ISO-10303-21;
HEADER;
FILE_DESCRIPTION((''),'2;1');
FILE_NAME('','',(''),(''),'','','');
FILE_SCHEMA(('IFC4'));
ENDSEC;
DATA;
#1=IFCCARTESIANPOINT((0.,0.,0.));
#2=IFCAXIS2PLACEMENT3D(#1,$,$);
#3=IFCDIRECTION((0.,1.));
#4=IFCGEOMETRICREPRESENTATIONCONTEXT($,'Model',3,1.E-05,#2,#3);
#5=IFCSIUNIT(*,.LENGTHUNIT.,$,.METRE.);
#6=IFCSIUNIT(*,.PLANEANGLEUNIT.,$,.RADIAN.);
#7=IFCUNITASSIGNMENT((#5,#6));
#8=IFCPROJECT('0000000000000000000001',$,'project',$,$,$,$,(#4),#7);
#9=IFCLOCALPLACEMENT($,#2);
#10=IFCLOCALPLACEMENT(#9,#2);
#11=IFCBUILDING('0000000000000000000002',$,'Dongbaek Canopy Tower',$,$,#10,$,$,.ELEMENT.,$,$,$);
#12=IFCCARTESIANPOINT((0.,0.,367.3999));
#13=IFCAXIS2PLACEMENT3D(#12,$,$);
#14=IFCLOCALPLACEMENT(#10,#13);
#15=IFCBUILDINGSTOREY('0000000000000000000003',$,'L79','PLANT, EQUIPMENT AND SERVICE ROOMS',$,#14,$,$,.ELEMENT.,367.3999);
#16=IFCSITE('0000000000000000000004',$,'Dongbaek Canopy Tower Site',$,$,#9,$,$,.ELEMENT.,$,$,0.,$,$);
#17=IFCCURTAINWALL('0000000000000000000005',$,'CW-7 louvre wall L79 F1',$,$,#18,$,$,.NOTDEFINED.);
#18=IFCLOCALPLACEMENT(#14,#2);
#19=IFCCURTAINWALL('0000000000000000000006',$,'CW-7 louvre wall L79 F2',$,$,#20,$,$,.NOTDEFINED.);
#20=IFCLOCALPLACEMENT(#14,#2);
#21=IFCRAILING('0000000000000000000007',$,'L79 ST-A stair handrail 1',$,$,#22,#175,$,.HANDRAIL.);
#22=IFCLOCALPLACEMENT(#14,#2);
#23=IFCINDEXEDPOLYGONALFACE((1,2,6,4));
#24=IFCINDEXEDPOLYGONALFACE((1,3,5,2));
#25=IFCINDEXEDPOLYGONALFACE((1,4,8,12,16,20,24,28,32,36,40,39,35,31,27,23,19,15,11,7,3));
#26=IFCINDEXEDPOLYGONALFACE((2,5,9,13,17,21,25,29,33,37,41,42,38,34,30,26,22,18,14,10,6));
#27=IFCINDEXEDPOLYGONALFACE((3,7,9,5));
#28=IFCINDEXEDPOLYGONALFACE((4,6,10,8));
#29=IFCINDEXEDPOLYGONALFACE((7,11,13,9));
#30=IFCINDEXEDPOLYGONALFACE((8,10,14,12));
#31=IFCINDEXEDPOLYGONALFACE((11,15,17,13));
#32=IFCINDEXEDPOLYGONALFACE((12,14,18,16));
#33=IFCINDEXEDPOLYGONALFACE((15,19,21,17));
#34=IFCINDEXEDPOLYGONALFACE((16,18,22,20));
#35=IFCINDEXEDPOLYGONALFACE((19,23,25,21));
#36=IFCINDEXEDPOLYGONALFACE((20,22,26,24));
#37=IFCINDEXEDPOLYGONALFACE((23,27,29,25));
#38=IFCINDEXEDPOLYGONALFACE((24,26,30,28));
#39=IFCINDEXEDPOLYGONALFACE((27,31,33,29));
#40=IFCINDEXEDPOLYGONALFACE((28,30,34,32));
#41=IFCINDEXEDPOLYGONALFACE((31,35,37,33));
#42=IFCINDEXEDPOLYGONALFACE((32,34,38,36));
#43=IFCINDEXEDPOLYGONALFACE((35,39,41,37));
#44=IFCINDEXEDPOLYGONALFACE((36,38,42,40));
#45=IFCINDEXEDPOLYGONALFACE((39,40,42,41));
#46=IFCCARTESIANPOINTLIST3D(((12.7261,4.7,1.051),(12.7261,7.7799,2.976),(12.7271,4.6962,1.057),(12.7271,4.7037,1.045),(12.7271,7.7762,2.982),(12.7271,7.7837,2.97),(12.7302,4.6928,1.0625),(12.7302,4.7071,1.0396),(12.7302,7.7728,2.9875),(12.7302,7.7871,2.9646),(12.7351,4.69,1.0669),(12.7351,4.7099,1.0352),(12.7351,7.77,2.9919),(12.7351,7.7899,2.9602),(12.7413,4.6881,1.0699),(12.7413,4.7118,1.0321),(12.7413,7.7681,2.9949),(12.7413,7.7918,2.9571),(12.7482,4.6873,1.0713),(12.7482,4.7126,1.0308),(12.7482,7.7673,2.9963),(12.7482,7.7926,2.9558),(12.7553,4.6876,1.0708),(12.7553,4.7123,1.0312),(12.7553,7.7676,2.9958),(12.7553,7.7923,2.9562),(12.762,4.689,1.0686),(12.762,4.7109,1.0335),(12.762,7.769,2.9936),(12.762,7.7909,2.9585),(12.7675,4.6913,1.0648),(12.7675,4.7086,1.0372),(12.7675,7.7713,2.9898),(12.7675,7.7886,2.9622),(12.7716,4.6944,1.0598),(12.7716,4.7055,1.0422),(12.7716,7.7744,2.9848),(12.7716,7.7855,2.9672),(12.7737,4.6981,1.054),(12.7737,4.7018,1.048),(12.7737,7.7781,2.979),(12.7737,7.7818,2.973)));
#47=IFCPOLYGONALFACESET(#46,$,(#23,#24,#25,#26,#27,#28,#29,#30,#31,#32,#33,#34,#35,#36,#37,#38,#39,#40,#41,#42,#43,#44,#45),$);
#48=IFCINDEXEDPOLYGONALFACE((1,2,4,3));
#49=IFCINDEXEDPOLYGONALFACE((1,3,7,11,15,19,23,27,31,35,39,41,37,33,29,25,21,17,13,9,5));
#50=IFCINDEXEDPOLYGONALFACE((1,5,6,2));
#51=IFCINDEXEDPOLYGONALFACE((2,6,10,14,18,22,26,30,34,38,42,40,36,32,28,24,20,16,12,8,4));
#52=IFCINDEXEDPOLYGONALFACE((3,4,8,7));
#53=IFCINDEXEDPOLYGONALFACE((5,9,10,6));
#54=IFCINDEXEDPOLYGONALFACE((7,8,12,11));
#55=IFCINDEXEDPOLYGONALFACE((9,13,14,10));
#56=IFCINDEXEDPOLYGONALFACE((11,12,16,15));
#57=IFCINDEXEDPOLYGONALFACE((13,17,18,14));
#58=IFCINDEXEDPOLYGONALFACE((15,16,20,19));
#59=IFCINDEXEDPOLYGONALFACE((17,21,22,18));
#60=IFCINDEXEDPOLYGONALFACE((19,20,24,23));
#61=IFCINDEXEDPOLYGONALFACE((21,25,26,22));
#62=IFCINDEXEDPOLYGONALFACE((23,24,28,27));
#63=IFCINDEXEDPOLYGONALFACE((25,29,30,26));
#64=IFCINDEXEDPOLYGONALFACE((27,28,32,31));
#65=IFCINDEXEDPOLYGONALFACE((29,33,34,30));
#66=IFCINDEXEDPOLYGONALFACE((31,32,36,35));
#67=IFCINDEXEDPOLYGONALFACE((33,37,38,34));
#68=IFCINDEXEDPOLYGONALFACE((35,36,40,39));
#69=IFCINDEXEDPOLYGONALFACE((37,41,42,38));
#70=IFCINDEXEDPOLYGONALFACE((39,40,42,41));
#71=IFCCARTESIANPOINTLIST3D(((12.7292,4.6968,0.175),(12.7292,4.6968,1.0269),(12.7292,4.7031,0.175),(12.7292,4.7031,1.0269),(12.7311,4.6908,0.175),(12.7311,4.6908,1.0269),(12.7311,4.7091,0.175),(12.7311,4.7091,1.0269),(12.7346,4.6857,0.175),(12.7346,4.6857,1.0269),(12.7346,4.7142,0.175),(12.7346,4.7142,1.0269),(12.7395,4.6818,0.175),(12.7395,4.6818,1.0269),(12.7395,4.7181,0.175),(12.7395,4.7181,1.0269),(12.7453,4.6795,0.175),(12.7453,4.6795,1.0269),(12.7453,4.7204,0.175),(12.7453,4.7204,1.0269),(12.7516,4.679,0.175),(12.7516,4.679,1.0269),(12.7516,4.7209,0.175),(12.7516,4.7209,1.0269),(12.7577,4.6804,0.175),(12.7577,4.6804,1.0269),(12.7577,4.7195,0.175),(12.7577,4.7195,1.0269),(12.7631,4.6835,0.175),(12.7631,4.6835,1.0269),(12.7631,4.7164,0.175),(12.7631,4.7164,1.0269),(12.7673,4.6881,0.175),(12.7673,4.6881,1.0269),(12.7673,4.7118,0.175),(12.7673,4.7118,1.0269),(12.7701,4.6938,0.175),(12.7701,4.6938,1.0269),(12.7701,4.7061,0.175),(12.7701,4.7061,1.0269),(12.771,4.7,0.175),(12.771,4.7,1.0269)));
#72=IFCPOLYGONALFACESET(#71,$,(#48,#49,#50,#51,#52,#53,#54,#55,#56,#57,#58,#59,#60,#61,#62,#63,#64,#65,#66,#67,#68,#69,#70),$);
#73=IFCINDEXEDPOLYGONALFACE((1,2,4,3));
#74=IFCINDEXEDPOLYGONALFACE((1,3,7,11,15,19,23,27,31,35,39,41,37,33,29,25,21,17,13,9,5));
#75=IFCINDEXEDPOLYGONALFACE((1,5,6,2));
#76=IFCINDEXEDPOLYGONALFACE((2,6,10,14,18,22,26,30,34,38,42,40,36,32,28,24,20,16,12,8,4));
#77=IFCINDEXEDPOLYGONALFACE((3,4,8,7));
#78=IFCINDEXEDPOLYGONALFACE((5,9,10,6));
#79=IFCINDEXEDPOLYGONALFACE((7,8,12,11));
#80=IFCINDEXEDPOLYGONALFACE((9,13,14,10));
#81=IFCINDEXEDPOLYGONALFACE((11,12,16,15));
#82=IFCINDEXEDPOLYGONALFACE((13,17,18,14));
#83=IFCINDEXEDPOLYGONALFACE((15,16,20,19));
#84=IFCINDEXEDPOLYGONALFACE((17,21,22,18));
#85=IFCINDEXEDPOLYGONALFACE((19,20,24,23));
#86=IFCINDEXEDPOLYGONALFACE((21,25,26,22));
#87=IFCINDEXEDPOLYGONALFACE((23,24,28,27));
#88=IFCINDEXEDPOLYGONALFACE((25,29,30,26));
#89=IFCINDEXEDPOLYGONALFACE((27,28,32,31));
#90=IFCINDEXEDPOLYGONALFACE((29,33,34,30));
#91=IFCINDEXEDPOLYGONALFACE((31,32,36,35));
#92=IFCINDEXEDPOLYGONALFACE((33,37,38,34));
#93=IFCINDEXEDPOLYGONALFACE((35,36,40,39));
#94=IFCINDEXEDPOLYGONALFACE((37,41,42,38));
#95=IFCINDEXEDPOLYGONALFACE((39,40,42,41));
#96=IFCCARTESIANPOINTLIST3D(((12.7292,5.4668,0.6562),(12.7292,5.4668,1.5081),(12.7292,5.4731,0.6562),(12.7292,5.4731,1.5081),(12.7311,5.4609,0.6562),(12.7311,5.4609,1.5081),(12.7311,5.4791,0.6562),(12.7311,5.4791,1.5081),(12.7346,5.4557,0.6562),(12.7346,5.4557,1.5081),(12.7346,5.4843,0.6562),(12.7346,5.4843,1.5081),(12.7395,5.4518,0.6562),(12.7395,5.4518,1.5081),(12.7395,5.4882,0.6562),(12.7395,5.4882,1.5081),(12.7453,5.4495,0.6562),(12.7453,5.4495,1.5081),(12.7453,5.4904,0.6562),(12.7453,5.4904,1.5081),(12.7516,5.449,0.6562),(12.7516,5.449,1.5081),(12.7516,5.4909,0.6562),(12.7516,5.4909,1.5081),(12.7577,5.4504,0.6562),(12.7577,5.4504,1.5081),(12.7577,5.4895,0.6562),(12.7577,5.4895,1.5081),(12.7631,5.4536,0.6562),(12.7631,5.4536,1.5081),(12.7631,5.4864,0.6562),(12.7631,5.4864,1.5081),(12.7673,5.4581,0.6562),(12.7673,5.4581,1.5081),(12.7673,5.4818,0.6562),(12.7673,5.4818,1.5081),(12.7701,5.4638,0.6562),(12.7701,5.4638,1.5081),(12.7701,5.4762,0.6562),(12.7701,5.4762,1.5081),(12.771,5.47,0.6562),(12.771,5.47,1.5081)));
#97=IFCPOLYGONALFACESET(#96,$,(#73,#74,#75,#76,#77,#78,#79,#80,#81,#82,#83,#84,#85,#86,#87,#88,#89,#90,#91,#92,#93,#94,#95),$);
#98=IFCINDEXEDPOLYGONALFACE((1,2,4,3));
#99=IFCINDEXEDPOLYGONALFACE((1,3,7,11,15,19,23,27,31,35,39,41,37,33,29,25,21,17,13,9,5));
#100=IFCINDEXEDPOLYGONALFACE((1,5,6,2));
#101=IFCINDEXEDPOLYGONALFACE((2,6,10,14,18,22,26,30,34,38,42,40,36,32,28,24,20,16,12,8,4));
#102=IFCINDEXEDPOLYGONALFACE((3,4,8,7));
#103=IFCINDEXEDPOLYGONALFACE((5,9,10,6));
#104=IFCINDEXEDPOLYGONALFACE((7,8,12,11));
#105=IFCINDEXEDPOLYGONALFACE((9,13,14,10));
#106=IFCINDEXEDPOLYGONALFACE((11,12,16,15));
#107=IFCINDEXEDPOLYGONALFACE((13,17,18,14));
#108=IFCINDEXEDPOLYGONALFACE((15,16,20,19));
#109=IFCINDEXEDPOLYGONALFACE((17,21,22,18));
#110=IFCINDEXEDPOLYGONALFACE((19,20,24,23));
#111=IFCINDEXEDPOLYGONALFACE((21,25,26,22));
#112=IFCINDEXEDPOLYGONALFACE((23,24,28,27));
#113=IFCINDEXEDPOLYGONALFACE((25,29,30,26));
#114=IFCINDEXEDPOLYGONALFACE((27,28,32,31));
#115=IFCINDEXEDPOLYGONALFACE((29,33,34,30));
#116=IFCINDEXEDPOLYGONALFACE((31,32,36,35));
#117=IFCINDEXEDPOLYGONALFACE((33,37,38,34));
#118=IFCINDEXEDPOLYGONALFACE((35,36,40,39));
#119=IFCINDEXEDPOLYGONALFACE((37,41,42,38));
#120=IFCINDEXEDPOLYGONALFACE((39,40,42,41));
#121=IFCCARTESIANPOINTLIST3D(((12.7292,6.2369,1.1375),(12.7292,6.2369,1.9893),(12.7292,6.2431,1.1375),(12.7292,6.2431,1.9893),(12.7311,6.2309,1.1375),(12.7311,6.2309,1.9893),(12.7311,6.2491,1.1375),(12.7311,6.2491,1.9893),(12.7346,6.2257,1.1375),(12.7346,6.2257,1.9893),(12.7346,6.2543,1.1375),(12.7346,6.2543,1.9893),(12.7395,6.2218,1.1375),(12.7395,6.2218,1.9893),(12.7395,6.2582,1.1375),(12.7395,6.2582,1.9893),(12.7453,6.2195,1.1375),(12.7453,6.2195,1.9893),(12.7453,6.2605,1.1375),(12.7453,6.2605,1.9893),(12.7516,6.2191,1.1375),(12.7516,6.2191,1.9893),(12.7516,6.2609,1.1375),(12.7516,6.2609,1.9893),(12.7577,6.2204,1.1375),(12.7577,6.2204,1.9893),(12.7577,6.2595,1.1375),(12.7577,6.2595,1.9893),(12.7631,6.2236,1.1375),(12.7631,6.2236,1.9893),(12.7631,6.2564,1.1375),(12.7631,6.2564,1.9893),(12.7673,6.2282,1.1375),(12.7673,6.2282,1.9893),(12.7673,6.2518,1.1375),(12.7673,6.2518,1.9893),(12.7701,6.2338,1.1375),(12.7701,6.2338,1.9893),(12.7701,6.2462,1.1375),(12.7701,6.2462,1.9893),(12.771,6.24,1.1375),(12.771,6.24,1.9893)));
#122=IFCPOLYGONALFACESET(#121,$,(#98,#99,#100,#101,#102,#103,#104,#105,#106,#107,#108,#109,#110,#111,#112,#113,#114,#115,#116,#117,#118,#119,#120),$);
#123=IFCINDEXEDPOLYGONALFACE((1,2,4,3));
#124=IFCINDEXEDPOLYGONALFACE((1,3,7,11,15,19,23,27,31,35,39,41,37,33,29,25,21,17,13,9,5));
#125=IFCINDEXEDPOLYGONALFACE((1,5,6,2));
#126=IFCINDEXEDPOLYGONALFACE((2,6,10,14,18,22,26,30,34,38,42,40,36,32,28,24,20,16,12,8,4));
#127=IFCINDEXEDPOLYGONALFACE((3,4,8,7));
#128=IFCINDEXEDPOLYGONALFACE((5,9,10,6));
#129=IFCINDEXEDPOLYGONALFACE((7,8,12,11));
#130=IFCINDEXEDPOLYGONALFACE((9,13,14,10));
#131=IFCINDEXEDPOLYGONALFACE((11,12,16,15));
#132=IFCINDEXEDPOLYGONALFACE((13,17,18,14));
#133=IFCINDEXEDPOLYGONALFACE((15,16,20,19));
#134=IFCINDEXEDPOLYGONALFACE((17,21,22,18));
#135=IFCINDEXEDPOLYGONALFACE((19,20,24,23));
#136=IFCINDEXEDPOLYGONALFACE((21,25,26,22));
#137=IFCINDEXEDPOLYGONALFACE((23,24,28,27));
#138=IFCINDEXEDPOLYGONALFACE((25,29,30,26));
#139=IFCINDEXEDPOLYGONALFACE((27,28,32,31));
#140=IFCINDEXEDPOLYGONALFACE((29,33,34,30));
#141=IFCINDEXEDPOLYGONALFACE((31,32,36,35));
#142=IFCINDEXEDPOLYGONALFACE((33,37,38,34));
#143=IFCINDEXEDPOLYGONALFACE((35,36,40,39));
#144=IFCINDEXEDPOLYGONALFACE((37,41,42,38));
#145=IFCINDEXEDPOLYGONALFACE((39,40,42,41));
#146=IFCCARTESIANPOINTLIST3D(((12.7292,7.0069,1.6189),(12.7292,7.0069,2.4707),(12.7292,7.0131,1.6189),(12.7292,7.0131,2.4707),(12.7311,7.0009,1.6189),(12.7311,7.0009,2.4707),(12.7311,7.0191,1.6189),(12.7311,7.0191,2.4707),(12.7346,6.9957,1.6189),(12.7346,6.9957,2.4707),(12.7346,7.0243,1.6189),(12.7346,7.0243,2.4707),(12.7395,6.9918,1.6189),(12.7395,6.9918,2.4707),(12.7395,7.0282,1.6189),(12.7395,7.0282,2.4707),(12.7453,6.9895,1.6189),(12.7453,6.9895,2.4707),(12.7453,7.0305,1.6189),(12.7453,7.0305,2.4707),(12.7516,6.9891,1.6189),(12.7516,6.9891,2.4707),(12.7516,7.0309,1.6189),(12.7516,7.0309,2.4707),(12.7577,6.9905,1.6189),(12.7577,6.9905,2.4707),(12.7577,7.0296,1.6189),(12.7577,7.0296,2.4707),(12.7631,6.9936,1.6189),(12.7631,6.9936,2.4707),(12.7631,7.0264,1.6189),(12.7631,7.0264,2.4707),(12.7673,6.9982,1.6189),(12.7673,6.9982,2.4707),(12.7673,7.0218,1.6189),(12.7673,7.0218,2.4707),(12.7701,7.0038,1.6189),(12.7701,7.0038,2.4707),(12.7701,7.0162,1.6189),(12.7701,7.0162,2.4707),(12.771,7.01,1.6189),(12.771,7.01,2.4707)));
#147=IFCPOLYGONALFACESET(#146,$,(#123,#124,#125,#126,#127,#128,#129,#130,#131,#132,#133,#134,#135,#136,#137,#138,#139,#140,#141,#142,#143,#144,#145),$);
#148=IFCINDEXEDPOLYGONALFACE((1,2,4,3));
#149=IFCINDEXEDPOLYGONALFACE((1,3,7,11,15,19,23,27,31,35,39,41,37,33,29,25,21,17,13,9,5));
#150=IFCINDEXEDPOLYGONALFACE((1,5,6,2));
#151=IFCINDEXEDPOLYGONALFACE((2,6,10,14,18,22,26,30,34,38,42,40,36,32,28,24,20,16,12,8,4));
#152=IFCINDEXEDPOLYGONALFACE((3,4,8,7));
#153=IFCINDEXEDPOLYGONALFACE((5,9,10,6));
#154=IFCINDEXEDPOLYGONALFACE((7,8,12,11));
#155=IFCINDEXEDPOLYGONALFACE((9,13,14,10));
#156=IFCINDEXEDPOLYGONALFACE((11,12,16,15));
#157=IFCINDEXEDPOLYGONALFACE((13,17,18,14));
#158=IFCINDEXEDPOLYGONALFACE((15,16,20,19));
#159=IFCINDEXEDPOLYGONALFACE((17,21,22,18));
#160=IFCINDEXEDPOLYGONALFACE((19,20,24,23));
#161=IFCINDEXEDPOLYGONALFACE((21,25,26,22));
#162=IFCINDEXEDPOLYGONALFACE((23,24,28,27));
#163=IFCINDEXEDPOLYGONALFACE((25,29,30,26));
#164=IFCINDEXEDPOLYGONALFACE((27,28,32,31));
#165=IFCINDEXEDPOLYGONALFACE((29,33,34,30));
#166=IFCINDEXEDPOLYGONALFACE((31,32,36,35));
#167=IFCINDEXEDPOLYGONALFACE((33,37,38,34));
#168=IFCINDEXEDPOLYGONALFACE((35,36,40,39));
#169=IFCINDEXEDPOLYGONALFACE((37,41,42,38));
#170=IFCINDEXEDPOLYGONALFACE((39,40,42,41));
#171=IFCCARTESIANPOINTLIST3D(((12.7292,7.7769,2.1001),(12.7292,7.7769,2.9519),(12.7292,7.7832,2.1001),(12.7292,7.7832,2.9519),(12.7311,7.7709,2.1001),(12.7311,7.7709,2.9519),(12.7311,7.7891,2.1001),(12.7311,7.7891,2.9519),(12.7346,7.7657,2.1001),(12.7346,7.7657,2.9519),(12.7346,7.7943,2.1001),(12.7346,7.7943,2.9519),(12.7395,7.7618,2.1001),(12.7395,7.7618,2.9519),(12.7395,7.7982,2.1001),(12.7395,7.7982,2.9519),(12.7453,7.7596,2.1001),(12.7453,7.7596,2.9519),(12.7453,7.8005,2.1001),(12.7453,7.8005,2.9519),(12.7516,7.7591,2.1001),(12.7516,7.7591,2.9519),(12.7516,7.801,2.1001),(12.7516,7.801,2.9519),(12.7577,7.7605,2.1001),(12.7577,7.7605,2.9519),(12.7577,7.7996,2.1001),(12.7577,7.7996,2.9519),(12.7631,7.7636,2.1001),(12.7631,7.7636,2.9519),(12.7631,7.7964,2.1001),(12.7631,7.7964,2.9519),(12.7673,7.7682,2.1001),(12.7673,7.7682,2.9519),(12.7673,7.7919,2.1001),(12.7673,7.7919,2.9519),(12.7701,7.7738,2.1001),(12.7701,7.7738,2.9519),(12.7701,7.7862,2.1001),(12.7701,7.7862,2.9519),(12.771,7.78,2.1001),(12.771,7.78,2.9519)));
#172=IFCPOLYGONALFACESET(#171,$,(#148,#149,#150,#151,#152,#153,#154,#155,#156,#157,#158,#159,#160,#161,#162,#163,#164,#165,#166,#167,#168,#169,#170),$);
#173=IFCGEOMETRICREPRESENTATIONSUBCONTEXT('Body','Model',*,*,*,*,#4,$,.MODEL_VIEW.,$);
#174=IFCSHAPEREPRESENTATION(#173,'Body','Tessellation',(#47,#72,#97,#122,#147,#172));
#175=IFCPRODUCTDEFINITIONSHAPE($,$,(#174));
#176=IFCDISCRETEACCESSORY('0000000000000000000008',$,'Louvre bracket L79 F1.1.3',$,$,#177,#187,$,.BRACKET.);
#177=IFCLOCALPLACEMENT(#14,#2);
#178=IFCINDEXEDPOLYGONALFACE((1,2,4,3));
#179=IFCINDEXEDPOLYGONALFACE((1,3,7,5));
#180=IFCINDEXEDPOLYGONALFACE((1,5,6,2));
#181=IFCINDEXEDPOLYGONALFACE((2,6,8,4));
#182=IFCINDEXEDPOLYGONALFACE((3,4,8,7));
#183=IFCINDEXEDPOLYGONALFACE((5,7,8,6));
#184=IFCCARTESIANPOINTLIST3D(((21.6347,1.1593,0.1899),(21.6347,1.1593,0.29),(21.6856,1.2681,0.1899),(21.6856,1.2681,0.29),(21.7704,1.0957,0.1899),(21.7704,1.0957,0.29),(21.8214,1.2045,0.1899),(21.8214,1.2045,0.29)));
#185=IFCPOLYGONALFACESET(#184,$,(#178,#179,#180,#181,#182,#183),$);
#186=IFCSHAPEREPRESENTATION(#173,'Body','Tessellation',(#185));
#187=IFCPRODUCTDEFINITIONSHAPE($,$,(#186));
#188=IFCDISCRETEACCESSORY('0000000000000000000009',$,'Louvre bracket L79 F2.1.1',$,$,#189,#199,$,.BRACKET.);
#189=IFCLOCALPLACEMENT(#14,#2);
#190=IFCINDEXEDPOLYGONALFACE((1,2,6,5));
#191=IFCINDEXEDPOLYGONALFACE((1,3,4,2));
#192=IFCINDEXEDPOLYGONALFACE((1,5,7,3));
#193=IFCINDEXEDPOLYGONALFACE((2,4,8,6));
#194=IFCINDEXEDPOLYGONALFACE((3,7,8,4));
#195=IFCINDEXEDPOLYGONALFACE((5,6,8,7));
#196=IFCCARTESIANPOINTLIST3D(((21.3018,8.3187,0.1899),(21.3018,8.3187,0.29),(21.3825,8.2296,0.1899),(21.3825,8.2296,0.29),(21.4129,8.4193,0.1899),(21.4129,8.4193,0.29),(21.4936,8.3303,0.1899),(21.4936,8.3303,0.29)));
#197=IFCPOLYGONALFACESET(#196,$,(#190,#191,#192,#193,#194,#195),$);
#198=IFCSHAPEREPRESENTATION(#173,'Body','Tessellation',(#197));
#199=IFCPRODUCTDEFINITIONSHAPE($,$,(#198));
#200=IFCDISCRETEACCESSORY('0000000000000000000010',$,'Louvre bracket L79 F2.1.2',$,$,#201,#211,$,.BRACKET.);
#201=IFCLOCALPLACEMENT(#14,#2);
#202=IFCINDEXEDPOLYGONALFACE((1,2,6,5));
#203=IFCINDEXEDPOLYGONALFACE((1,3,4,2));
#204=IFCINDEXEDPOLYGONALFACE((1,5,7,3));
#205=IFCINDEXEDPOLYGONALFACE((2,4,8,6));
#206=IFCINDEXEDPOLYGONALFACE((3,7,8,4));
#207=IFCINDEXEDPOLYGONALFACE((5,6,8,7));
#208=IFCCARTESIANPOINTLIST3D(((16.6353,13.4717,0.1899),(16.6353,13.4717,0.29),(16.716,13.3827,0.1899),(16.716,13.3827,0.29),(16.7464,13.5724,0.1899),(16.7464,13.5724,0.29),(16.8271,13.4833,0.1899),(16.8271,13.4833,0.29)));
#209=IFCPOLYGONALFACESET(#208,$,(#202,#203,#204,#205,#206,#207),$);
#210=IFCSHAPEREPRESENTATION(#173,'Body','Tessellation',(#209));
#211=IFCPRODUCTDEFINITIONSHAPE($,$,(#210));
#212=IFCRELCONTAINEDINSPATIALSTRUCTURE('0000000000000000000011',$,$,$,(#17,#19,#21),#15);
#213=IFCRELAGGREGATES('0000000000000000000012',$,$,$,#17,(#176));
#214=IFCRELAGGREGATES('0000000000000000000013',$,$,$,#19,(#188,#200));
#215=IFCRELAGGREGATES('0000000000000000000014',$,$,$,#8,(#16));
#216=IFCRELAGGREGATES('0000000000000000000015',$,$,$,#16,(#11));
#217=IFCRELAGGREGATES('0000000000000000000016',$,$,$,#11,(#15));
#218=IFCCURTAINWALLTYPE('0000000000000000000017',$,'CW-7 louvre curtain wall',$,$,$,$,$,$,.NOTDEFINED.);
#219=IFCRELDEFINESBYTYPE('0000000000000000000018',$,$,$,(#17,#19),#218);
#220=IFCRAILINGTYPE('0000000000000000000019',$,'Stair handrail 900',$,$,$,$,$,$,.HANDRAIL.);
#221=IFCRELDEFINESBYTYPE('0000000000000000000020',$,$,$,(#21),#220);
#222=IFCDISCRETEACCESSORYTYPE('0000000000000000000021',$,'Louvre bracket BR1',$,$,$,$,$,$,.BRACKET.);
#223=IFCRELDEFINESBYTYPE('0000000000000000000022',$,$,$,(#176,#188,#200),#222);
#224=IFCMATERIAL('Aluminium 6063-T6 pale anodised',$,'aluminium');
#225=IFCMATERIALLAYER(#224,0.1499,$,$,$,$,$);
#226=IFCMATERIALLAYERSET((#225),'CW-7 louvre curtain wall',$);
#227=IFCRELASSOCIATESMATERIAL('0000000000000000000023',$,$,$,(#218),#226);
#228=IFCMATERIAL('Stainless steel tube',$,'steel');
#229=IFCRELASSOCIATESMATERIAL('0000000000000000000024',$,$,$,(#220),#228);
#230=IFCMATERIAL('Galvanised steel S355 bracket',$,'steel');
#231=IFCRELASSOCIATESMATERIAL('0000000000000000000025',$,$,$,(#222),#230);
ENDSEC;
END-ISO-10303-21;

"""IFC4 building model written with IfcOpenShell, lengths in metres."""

from ifc_helpers import new_model, si_unit, direction, frame, origin, origin_2d, place, context, subcontext, project, spatial, rectangle, circle, extrude, material, layer, layer_set, type_object, element, aggregate, save


model = new_model("IFC4")

# Units and contexts
model_context = context("Model", 3, precision=1e-05, world=origin(), true_north=direction((0.0, 1.0)))
body_context = subcontext(model_context, "Body", "Model", "MODEL_VIEW")
ifc_project = project(units=[si_unit("LENGTHUNIT", "METRE"), si_unit("PLANEANGLEUNIT", "RADIAN")], contexts=[model_context])

# Site, building, storey
site_placement = place(None, origin())
site = spatial("IfcSite", under=ifc_project, at=site_placement, Name="Dongbaek Canopy Tower Site", CompositionType="ELEMENT", RefElevation=0.0)
building_placement = place(site_placement, origin())
building = spatial("IfcBuilding", under=site, at=building_placement, Name="Dongbaek Canopy Tower", CompositionType="ELEMENT")
storey_placement = place(building_placement, frame((0.0, 0.0, 367.3999)))
storey = spatial("IfcBuildingStorey", under=building, at=storey_placement, Name="L79", Description="PLANT, EQUIPMENT AND SERVICE ROOMS", CompositionType="ELEMENT", Elevation=367.3999)

# Curtain wall
ifc_material_1 = material(Name="Aluminium 6063-T6 pale anodised", Category="aluminium")
ifc_layer_1 = layer(ifc_material_1, 0.1499)
ifc_layer_set_1 = layer_set([ifc_layer_1], Name="CW-7 louvre curtain wall")
curtain_wall_type = type_object("IfcCurtainWallType", Name="CW-7 louvre curtain wall", PredefinedType="NOTDEFINED", material=ifc_layer_set_1)
curtain_wall_1_placement = place(storey_placement, origin())
curtain_wall_1 = element("IfcCurtainWall", 1, at=curtain_wall_1_placement, inside=storey, type_object=curtain_wall_type, Name="CW-7 louvre wall L79 F1", PredefinedType="NOTDEFINED")

# Curtain wall
curtain_wall_2_placement = place(storey_placement, origin())
curtain_wall_2 = element("IfcCurtainWall", 2, at=curtain_wall_2_placement, inside=storey, type_object=curtain_wall_type, Name="CW-7 louvre wall L79 F2", PredefinedType="NOTDEFINED")

# Railing
ifc_material_2 = material(Name="Stainless steel tube", Category="steel")
railing_type_1 = type_object("IfcRailingType", Name="Stair handrail 900", PredefinedType="HANDRAIL", material=ifc_material_2)
railing_1_placement = place(storey_placement, frame((12.75, 4.7, 0.175)))
element("IfcRailing", 3, at=railing_1_placement, inside=storey, type_object=railing_type_1, Name="L79 ST-A stair handrail 1", PredefinedType="HANDRAIL", context=body_context, shape_type="SweptSolid", body=[
    extrude(circle(Radius=0.0239, at=origin_2d()), frame((0.0, 0.0, 0.876), z_axis=(0.0, 0.847998, 0.529999), x_axis=(-1.0, 0.0, 0.0)), (0.0, 0.0, 1.0), 3.6321),
    extrude(circle(Radius=0.021, at=origin_2d()), origin(), (0.0, 0.0, 1.0), 0.8518),
    extrude(circle(Radius=0.021, at=origin_2d()), frame((0.0, 0.77, 0.4812)), (0.0, 0.0, 1.0), 0.8518),
    extrude(circle(Radius=0.021, at=origin_2d()), frame((0.0, 1.54, 0.9624)), (0.0, 0.0, 1.0), 0.8518),
    extrude(circle(Radius=0.021, at=origin_2d()), frame((0.0, 2.3101, 1.4438)), (0.0, 0.0, 1.0), 0.8518),
    extrude(circle(Radius=0.021, at=origin_2d()), frame((0.0, 3.0801, 1.925)), (0.0, 0.0, 1.0), 0.8518),
])

# Discrete accessories
ifc_material_3 = material(Name="Galvanised steel S355 bracket", Category="steel")
discrete_accessory_type = type_object("IfcDiscreteAccessoryType", Name="Louvre bracket BR1", PredefinedType="BRACKET", material=ifc_material_3)
discrete_accessory_1_placement = place(storey_placement, frame((21.728, 1.1819, 0.1899), z_axis=(0.0, 0.0, 1.0), x_axis=(0.424123, 0.905605, 0.0)))
discrete_accessory_1 = element("IfcDiscreteAccessory", 4, at=discrete_accessory_1_placement, type_object=discrete_accessory_type, Name="Louvre bracket L79 F1.1.3", PredefinedType="BRACKET", context=body_context, shape_type="SweptSolid", body=[
    extrude(rectangle(XDim=0.1201, YDim=0.1499, at=origin_2d()), origin(), (0.0, 0.0, 1.0), 0.1001),
])
aggregate(curtain_wall_1, [discrete_accessory_1])
discrete_accessory_2_placement = place(storey_placement, frame((21.3977, 8.3245, 0.1899), z_axis=(0.0, 0.0, 1.0), x_axis=(-0.67126, 0.741222, 0.0)))
discrete_accessory_2 = element("IfcDiscreteAccessory", 5, at=discrete_accessory_2_placement, type_object=discrete_accessory_type, Name="Louvre bracket L79 F2.1.1", PredefinedType="BRACKET", context=body_context, shape_type="SweptSolid", body=[
    extrude(rectangle(XDim=0.1201, YDim=0.1499, at=origin_2d()), origin(), (0.0, 0.0, 1.0), 0.1001),
])
discrete_accessory_3_placement = place(storey_placement, frame((16.7312, 13.4775, 0.1899), z_axis=(0.0, 0.0, 1.0), x_axis=(-0.67126, 0.741222, 0.0)))
discrete_accessory_3 = element("IfcDiscreteAccessory", 6, at=discrete_accessory_3_placement, type_object=discrete_accessory_type, Name="Louvre bracket L79 F2.1.2", PredefinedType="BRACKET", context=body_context, shape_type="SweptSolid", body=[
    extrude(rectangle(XDim=0.1201, YDim=0.1499, at=origin_2d()), origin(), (0.0, 0.0, 1.0), 0.1001),
])
aggregate(curtain_wall_2, [discrete_accessory_2, discrete_accessory_3])

save(model, "model.ifc")
